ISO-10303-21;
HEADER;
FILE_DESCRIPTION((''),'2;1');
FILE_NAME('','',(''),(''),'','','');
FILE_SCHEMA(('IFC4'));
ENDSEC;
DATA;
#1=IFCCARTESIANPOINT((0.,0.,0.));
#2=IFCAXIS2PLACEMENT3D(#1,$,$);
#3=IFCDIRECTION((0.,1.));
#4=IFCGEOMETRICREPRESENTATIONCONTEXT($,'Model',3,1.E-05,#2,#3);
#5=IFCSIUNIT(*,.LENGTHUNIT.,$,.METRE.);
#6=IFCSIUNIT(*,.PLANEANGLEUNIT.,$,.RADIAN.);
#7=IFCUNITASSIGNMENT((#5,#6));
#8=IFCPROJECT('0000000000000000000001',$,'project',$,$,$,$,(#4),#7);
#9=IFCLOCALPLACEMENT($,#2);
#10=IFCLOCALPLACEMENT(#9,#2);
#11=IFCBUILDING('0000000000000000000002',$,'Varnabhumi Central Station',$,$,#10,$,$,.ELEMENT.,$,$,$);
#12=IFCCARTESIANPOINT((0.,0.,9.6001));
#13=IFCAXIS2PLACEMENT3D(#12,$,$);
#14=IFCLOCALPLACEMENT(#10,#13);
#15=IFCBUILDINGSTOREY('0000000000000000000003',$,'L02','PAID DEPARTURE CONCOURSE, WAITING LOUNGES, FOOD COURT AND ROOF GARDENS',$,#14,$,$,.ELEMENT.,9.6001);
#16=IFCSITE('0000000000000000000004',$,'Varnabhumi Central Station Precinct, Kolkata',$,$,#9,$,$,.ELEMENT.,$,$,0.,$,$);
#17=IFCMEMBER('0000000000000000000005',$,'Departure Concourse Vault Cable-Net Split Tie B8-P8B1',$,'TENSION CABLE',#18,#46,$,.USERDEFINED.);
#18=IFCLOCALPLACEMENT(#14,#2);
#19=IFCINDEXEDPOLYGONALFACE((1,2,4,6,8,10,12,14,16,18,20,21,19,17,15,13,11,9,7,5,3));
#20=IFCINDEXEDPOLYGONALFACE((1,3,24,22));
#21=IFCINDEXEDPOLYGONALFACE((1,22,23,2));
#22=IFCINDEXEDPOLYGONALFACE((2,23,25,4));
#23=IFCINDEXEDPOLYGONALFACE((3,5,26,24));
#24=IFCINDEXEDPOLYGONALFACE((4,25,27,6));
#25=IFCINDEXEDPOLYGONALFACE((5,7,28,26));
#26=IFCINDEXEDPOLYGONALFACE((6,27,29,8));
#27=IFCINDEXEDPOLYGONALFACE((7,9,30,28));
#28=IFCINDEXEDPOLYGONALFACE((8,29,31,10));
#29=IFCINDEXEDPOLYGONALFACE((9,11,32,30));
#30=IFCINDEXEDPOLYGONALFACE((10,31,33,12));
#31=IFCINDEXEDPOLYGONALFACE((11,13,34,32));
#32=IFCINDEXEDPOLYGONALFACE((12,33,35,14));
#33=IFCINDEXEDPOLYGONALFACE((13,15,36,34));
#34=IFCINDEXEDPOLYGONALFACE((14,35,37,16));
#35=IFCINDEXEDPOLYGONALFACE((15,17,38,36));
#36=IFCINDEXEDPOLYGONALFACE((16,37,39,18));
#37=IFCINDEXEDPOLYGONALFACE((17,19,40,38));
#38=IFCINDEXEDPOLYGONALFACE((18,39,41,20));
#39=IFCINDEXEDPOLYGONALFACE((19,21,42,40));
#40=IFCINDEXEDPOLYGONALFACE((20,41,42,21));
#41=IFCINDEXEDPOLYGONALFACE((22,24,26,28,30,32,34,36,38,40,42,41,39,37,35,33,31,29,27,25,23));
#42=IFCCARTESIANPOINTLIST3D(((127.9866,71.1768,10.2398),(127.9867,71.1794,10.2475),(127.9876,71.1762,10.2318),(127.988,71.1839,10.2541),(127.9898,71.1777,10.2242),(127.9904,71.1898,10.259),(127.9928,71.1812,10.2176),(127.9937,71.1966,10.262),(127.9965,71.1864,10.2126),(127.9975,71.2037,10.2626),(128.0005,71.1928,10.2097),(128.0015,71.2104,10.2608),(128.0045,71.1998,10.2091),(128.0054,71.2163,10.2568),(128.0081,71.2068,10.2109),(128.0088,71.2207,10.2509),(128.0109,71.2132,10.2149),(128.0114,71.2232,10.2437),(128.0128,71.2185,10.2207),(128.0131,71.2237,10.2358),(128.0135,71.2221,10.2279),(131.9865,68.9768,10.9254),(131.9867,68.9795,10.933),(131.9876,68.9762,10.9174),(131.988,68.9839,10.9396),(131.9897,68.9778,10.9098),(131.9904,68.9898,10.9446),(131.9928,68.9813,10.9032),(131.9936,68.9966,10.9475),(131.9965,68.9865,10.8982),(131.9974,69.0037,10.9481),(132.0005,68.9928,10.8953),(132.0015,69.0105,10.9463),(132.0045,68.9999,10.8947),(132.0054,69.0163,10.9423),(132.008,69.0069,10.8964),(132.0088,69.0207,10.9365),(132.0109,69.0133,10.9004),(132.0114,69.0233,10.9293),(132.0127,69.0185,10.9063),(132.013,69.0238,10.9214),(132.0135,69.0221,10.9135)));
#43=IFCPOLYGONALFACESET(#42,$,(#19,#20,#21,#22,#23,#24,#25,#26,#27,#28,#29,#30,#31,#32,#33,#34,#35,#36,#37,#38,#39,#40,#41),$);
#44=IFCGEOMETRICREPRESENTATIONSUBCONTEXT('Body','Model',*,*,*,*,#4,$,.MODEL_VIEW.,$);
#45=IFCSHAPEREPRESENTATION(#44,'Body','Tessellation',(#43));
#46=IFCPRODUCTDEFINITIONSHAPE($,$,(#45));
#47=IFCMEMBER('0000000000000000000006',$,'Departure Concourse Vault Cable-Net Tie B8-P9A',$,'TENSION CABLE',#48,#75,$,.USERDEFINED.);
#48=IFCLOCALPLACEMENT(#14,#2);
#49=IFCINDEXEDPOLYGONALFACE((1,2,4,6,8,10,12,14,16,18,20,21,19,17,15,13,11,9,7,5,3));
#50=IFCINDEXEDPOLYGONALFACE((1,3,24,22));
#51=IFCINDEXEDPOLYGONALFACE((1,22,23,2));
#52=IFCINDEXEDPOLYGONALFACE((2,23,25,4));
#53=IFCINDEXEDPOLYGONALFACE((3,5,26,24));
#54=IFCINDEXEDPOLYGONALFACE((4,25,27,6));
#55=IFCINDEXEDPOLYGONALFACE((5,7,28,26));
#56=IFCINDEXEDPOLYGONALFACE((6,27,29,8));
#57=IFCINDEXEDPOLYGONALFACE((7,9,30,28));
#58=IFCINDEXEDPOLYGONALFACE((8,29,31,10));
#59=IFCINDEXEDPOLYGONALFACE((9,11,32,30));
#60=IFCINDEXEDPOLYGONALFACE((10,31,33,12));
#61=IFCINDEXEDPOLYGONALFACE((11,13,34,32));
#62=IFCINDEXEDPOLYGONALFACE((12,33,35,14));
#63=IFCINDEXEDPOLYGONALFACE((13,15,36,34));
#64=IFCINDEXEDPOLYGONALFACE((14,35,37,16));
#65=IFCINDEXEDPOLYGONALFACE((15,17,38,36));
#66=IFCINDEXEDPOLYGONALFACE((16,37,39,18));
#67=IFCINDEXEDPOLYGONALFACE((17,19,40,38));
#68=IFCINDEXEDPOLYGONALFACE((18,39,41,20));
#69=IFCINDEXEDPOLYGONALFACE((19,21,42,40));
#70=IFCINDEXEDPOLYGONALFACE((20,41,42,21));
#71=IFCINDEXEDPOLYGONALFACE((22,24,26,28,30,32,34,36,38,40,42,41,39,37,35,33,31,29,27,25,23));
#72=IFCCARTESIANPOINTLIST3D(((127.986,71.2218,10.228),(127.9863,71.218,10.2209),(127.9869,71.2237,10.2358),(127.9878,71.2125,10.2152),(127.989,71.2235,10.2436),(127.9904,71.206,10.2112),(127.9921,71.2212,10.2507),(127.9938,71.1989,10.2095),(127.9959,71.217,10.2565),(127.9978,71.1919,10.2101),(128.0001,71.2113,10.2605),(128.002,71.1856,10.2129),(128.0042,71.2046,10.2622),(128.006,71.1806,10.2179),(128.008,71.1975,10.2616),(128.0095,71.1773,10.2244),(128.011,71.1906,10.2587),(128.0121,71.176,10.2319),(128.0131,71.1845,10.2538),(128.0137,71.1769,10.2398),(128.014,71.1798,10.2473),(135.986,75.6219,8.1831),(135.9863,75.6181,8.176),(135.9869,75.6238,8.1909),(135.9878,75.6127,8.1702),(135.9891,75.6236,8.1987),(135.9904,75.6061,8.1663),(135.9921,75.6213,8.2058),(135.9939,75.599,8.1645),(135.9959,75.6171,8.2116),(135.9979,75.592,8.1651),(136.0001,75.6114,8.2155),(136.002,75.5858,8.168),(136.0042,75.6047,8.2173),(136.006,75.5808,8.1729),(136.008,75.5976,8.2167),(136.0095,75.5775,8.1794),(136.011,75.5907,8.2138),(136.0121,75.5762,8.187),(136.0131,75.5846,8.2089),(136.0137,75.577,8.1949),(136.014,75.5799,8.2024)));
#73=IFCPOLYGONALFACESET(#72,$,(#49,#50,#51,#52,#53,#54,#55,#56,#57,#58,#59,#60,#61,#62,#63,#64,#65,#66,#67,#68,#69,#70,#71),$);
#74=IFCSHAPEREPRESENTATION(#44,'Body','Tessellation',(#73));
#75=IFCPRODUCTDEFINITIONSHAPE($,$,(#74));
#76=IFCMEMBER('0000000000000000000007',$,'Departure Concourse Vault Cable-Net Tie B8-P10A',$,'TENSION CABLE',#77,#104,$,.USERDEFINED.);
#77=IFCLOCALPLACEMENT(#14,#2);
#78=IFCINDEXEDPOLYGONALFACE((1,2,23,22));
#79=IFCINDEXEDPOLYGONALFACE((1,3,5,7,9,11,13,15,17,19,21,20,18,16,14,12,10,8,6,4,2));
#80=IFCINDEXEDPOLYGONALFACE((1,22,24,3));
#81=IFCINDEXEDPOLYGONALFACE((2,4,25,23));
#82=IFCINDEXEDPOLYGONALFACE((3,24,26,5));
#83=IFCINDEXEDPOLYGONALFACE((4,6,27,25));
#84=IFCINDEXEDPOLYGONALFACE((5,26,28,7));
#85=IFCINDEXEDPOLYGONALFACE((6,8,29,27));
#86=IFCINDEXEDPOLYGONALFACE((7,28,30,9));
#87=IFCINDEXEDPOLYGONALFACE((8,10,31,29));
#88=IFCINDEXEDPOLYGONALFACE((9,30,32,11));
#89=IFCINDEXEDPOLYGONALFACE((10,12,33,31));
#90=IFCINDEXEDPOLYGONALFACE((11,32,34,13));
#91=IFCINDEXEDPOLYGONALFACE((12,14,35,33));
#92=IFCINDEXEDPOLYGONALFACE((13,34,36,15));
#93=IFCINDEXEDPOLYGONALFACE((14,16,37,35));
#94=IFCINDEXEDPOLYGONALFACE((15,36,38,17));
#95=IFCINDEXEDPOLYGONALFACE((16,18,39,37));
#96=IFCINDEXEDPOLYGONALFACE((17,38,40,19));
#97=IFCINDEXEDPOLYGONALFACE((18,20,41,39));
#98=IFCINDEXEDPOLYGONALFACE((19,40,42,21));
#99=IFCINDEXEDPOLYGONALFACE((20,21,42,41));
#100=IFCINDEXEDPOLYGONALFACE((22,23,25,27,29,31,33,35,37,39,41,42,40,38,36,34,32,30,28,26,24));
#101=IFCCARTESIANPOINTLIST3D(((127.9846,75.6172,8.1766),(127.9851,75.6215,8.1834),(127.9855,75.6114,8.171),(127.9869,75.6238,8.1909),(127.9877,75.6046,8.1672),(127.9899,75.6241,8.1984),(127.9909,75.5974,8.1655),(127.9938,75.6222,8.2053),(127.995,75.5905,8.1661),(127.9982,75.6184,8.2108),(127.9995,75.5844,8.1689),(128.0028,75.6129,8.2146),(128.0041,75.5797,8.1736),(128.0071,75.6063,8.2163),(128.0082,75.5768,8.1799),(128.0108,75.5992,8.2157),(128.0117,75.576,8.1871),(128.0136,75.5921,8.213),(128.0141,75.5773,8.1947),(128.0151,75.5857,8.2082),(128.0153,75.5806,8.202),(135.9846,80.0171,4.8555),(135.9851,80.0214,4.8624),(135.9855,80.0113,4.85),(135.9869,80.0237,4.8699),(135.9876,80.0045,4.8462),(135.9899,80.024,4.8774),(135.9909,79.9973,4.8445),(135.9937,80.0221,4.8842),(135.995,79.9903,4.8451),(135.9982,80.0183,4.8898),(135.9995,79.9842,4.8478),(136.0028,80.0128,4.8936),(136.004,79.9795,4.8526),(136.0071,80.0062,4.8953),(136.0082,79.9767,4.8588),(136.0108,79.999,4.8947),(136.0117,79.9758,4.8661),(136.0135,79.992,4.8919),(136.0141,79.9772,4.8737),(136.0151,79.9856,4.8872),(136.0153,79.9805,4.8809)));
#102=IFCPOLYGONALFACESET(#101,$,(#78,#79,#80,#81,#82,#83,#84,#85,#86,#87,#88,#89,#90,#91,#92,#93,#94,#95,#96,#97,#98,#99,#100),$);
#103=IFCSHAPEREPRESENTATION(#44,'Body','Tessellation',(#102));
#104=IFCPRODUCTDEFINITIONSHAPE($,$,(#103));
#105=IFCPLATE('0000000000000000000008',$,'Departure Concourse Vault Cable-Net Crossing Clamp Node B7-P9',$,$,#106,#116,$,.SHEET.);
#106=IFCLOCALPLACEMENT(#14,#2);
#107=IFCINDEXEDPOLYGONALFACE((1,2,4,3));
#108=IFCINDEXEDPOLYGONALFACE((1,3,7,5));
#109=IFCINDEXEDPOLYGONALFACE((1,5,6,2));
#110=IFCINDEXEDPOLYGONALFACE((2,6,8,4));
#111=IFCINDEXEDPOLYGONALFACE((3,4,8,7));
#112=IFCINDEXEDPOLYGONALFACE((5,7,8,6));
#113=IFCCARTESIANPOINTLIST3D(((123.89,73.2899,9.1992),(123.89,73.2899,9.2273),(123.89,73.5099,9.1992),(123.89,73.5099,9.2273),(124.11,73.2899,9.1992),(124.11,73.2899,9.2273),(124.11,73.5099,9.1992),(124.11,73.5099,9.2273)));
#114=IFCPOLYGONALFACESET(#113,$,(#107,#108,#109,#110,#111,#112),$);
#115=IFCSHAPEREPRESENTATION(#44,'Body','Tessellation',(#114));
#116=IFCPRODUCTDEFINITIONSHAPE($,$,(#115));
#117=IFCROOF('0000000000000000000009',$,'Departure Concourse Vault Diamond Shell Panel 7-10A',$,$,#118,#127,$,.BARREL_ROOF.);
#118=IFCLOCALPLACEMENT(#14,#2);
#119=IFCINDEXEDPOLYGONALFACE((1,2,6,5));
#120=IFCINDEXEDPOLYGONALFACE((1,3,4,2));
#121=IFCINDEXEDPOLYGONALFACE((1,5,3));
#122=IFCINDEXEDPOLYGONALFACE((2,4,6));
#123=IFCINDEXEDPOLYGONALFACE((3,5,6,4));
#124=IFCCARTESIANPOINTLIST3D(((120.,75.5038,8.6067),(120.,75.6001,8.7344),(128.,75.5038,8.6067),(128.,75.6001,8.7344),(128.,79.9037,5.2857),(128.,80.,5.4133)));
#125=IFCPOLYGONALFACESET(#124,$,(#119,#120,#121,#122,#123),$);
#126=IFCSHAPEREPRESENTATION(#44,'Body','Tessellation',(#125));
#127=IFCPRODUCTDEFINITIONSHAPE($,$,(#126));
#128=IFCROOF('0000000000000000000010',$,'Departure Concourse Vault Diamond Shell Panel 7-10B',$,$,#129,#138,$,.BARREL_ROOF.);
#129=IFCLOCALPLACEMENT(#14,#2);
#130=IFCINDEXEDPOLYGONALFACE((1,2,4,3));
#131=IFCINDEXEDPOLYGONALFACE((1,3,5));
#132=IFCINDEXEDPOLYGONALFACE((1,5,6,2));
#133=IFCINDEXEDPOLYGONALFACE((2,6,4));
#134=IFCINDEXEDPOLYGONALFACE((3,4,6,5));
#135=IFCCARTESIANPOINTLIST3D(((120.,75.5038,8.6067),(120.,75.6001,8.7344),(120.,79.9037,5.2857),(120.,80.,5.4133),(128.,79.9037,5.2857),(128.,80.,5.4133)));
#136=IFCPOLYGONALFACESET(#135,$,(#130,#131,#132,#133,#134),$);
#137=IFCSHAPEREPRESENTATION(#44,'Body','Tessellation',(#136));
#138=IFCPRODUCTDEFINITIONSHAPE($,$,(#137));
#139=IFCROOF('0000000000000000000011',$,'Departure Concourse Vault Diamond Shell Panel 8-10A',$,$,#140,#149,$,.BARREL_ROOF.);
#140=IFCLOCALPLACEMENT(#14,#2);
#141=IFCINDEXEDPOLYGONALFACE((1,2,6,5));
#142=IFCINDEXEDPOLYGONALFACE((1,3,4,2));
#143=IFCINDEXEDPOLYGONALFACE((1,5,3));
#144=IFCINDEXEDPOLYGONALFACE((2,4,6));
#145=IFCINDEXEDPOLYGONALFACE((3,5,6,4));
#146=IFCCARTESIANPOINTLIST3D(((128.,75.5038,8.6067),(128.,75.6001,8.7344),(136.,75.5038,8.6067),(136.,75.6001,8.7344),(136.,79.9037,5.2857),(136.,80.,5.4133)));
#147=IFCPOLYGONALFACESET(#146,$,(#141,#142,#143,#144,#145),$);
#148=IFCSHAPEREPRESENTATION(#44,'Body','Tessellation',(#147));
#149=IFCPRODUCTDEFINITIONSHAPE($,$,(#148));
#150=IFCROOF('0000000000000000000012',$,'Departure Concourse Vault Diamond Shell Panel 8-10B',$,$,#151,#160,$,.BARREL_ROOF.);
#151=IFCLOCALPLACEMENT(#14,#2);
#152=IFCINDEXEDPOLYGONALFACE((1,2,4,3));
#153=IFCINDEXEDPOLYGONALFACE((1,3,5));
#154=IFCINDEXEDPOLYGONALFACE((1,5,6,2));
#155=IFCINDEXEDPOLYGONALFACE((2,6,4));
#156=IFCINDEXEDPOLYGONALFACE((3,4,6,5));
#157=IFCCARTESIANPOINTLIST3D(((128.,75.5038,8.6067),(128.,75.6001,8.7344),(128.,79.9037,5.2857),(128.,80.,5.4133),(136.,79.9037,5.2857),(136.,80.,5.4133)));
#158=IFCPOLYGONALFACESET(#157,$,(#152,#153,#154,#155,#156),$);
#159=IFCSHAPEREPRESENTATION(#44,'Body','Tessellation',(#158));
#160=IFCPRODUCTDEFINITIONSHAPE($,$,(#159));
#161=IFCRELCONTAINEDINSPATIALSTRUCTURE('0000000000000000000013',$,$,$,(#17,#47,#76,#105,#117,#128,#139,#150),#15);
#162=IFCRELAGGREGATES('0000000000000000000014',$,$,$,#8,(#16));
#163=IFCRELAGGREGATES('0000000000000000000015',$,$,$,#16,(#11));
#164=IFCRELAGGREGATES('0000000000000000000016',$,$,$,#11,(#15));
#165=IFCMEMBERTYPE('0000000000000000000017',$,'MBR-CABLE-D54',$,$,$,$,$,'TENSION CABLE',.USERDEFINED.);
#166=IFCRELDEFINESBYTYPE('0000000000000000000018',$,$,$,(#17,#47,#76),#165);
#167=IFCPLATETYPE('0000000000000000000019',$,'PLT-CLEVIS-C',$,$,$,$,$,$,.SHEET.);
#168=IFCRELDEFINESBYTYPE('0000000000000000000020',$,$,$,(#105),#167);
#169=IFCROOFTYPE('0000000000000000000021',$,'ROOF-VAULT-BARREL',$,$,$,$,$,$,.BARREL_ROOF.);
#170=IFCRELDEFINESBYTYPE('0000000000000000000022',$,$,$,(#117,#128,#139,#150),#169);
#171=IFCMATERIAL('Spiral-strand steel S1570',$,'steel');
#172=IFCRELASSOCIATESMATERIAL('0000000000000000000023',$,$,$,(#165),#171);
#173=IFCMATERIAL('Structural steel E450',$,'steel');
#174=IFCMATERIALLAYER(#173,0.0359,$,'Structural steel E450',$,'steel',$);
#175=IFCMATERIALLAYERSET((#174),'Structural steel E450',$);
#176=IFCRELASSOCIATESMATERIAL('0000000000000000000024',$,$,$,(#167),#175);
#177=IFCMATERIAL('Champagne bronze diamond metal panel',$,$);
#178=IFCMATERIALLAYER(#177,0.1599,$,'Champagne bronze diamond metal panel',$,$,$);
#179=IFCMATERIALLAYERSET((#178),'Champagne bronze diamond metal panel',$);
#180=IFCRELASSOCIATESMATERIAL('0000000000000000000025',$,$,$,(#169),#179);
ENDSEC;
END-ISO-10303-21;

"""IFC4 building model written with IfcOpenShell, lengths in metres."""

from ifc_helpers import new_model, si_unit, direction, frame, origin, origin_2d, place, context, subcontext, project, spatial, polyline, rectangle, circle, outline, extrude, material, layer, layer_set, material_profile, profile_set, type_object, element, save


model = new_model("IFC4")

# Units and contexts
model_context = context("Model", 3, precision=1e-05, world=origin(), true_north=direction((0.0, 1.0)))
body_context = subcontext(model_context, "Body", "Model", "MODEL_VIEW")
ifc_project = project(units=[si_unit("LENGTHUNIT", "METRE"), si_unit("PLANEANGLEUNIT", "RADIAN")], contexts=[model_context])

# Site, building, storey
site_placement = place(None, origin())
site = spatial("IfcSite", under=ifc_project, at=site_placement, Name="Varnabhumi Central Station Precinct, Kolkata", CompositionType="ELEMENT", RefElevation=0.0)
building_placement = place(site_placement, origin())
building = spatial("IfcBuilding", under=site, at=building_placement, Name="Varnabhumi Central Station", CompositionType="ELEMENT")
storey_placement = place(building_placement, frame((0.0, 0.0, 9.6001)))
storey = spatial("IfcBuildingStorey", under=building, at=storey_placement, Name="L02", Description="PAID DEPARTURE CONCOURSE, WAITING LOUNGES, FOOD COURT AND ROOF GARDENS", CompositionType="ELEMENT", Elevation=9.6001)

# Members
ifc_material_1 = material(Name="Spiral-strand steel S1570", Category="steel")
ifc_material_profile_1 = material_profile(ifc_material_1, circle(Radius=0.0271, at=origin_2d()), Name="Spiral-strand steel S1570", Category="steel")
ifc_profile_set_1 = profile_set([ifc_material_profile_1], Name="Spiral-strand steel S1570")
member_type = type_object("IfcMemberType", Name="MBR-CABLE-D54", ElementType="TENSION CABLE", PredefinedType="USERDEFINED", material=ifc_profile_set_1)
member_1_placement = place(storey_placement, frame((128.0, 71.2, 10.2358), z_axis=(0.866504, -0.476567, 0.148507), x_axis=(0.481911, 0.87622, 0.0)))
element("IfcMember", 1, at=member_1_placement, inside=storey, type_object=member_type, Name="Departure Concourse Vault Cable-Net Split Tie B8-P8B1", ObjectType="TENSION CABLE", PredefinedType="USERDEFINED", context=body_context, shape_type="SweptSolid", body=[
    extrude(circle(Radius=0.0271, at=origin_2d()), origin(), (0.0, 0.0, 1.0), 4.6162),
])
member_2_placement = place(storey_placement, frame((128.0, 71.2, 10.2358), z_axis=(0.855026, 0.47028, -0.218558), x_axis=(-0.481931, 0.876209, 0.0)))
element("IfcMember", 2, at=member_2_placement, inside=storey, type_object=member_type, Name="Departure Concourse Vault Cable-Net Tie B8-P9A", ObjectType="TENSION CABLE", PredefinedType="USERDEFINED", context=body_context, shape_type="SweptSolid", body=[
    extrude(circle(Radius=0.0271, at=origin_2d()), origin(), (0.0, 0.0, 1.0), 9.3564),
])
member_3_placement = place(storey_placement, frame((128.0, 75.6001, 8.1909), z_axis=(0.823437, 0.45288, -0.341834), x_axis=(-0.481911, 0.87622, 0.0)))
element("IfcMember", 3, at=member_3_placement, inside=storey, type_object=member_type, Name="Departure Concourse Vault Cable-Net Tie B8-P10A", ObjectType="TENSION CABLE", PredefinedType="USERDEFINED", context=body_context, shape_type="SweptSolid", body=[
    extrude(circle(Radius=0.0271, at=origin_2d()), origin(), (0.0, 0.0, 1.0), 9.7153),
])

# Plate
ifc_material_2 = material(Name="Structural steel E450", Category="steel")
ifc_layer_1 = layer(ifc_material_2, 0.0359, Name="Structural steel E450", Category="steel")
ifc_layer_set_1 = layer_set([ifc_layer_1], Name="Structural steel E450")
plate_type = type_object("IfcPlateType", Name="PLT-CLEVIS-C", PredefinedType="SHEET", material=ifc_layer_set_1)
plate_placement = place(storey_placement, frame((124.0, 73.3999, 9.1992), z_axis=(0.0, 0.0, 1.0), x_axis=(1.0, 0.0, 0.0)))
element("IfcPlate", 4, at=plate_placement, inside=storey, type_object=plate_type, Name="Departure Concourse Vault Cable-Net Crossing Clamp Node B7-P9", PredefinedType="SHEET", context=body_context, shape_type="SweptSolid", body=[
    extrude(rectangle(XDim=0.22, YDim=0.22, at=origin_2d()), origin(), (0.0, 0.0, 1.0), 0.0281),
])

# Roofs
ifc_material_3 = material(Name="Champagne bronze diamond metal panel")
ifc_layer_2 = layer(ifc_material_3, 0.1599, Name="Champagne bronze diamond metal panel")
ifc_layer_set_2 = layer_set([ifc_layer_2], Name="Champagne bronze diamond metal panel")
roof_type = type_object("IfcRoofType", Name="ROOF-VAULT-BARREL", PredefinedType="BARREL_ROOF", material=ifc_layer_set_2)
roof_1_placement = place(storey_placement, frame((120.0, 75.6001, 8.7344), z_axis=(0.0, 0.602449, 0.798157), x_axis=(1.0, 0.0, 0.0)))
element("IfcRoof", 5, at=roof_1_placement, inside=storey, type_object=roof_type, Name="Departure Concourse Vault Diamond Shell Panel 7-10A", PredefinedType="BARREL_ROOF", context=body_context, shape_type="SweptSolid", body=[
    extrude(outline(polyline([(0.0, 0.0), (8.0, 0.0), (8.0, 5.5126), (0.0, 0.0)])), origin(), (0.0, 0.0, -1.0), 0.1599),
])
roof_2_placement = place(storey_placement, frame((120.0, 75.6001, 8.7344), z_axis=(0.0, 0.602449, 0.798157), x_axis=(0.823437, 0.45288, -0.341834)))
element("IfcRoof", 6, at=roof_2_placement, inside=storey, type_object=roof_type, Name="Departure Concourse Vault Diamond Shell Panel 7-10B", PredefinedType="BARREL_ROOF", context=body_context, shape_type="SweptSolid", body=[
    extrude(outline(polyline([(0.0, 0.0), (9.7154, 0.0), (3.1279, 4.5393), (0.0, 0.0)])), origin(), (0.0, 0.0, -1.0), 0.1599),
])
roof_3_placement = place(storey_placement, frame((128.0, 75.6001, 8.7344), z_axis=(0.0, 0.602449, 0.798157), x_axis=(1.0, 0.0, 0.0)))
element("IfcRoof", 7, at=roof_3_placement, inside=storey, type_object=roof_type, Name="Departure Concourse Vault Diamond Shell Panel 8-10A", PredefinedType="BARREL_ROOF", context=body_context, shape_type="SweptSolid", body=[
    extrude(outline(polyline([(0.0, 0.0), (8.0, 0.0), (8.0, 5.5126), (0.0, 0.0)])), origin(), (0.0, 0.0, -1.0), 0.1599),
])
roof_4_placement = place(storey_placement, frame((128.0, 75.6001, 8.7344), z_axis=(0.0, 0.602449, 0.798157), x_axis=(0.823437, 0.45288, -0.341834)))
element("IfcRoof", 8, at=roof_4_placement, inside=storey, type_object=roof_type, Name="Departure Concourse Vault Diamond Shell Panel 8-10B", PredefinedType="BARREL_ROOF", context=body_context, shape_type="SweptSolid", body=[
    extrude(outline(polyline([(0.0, 0.0), (9.7154, 0.0), (3.1279, 4.5393), (0.0, 0.0)])), origin(), (0.0, 0.0, -1.0), 0.1599),
])

save(model, "model.ifc")
